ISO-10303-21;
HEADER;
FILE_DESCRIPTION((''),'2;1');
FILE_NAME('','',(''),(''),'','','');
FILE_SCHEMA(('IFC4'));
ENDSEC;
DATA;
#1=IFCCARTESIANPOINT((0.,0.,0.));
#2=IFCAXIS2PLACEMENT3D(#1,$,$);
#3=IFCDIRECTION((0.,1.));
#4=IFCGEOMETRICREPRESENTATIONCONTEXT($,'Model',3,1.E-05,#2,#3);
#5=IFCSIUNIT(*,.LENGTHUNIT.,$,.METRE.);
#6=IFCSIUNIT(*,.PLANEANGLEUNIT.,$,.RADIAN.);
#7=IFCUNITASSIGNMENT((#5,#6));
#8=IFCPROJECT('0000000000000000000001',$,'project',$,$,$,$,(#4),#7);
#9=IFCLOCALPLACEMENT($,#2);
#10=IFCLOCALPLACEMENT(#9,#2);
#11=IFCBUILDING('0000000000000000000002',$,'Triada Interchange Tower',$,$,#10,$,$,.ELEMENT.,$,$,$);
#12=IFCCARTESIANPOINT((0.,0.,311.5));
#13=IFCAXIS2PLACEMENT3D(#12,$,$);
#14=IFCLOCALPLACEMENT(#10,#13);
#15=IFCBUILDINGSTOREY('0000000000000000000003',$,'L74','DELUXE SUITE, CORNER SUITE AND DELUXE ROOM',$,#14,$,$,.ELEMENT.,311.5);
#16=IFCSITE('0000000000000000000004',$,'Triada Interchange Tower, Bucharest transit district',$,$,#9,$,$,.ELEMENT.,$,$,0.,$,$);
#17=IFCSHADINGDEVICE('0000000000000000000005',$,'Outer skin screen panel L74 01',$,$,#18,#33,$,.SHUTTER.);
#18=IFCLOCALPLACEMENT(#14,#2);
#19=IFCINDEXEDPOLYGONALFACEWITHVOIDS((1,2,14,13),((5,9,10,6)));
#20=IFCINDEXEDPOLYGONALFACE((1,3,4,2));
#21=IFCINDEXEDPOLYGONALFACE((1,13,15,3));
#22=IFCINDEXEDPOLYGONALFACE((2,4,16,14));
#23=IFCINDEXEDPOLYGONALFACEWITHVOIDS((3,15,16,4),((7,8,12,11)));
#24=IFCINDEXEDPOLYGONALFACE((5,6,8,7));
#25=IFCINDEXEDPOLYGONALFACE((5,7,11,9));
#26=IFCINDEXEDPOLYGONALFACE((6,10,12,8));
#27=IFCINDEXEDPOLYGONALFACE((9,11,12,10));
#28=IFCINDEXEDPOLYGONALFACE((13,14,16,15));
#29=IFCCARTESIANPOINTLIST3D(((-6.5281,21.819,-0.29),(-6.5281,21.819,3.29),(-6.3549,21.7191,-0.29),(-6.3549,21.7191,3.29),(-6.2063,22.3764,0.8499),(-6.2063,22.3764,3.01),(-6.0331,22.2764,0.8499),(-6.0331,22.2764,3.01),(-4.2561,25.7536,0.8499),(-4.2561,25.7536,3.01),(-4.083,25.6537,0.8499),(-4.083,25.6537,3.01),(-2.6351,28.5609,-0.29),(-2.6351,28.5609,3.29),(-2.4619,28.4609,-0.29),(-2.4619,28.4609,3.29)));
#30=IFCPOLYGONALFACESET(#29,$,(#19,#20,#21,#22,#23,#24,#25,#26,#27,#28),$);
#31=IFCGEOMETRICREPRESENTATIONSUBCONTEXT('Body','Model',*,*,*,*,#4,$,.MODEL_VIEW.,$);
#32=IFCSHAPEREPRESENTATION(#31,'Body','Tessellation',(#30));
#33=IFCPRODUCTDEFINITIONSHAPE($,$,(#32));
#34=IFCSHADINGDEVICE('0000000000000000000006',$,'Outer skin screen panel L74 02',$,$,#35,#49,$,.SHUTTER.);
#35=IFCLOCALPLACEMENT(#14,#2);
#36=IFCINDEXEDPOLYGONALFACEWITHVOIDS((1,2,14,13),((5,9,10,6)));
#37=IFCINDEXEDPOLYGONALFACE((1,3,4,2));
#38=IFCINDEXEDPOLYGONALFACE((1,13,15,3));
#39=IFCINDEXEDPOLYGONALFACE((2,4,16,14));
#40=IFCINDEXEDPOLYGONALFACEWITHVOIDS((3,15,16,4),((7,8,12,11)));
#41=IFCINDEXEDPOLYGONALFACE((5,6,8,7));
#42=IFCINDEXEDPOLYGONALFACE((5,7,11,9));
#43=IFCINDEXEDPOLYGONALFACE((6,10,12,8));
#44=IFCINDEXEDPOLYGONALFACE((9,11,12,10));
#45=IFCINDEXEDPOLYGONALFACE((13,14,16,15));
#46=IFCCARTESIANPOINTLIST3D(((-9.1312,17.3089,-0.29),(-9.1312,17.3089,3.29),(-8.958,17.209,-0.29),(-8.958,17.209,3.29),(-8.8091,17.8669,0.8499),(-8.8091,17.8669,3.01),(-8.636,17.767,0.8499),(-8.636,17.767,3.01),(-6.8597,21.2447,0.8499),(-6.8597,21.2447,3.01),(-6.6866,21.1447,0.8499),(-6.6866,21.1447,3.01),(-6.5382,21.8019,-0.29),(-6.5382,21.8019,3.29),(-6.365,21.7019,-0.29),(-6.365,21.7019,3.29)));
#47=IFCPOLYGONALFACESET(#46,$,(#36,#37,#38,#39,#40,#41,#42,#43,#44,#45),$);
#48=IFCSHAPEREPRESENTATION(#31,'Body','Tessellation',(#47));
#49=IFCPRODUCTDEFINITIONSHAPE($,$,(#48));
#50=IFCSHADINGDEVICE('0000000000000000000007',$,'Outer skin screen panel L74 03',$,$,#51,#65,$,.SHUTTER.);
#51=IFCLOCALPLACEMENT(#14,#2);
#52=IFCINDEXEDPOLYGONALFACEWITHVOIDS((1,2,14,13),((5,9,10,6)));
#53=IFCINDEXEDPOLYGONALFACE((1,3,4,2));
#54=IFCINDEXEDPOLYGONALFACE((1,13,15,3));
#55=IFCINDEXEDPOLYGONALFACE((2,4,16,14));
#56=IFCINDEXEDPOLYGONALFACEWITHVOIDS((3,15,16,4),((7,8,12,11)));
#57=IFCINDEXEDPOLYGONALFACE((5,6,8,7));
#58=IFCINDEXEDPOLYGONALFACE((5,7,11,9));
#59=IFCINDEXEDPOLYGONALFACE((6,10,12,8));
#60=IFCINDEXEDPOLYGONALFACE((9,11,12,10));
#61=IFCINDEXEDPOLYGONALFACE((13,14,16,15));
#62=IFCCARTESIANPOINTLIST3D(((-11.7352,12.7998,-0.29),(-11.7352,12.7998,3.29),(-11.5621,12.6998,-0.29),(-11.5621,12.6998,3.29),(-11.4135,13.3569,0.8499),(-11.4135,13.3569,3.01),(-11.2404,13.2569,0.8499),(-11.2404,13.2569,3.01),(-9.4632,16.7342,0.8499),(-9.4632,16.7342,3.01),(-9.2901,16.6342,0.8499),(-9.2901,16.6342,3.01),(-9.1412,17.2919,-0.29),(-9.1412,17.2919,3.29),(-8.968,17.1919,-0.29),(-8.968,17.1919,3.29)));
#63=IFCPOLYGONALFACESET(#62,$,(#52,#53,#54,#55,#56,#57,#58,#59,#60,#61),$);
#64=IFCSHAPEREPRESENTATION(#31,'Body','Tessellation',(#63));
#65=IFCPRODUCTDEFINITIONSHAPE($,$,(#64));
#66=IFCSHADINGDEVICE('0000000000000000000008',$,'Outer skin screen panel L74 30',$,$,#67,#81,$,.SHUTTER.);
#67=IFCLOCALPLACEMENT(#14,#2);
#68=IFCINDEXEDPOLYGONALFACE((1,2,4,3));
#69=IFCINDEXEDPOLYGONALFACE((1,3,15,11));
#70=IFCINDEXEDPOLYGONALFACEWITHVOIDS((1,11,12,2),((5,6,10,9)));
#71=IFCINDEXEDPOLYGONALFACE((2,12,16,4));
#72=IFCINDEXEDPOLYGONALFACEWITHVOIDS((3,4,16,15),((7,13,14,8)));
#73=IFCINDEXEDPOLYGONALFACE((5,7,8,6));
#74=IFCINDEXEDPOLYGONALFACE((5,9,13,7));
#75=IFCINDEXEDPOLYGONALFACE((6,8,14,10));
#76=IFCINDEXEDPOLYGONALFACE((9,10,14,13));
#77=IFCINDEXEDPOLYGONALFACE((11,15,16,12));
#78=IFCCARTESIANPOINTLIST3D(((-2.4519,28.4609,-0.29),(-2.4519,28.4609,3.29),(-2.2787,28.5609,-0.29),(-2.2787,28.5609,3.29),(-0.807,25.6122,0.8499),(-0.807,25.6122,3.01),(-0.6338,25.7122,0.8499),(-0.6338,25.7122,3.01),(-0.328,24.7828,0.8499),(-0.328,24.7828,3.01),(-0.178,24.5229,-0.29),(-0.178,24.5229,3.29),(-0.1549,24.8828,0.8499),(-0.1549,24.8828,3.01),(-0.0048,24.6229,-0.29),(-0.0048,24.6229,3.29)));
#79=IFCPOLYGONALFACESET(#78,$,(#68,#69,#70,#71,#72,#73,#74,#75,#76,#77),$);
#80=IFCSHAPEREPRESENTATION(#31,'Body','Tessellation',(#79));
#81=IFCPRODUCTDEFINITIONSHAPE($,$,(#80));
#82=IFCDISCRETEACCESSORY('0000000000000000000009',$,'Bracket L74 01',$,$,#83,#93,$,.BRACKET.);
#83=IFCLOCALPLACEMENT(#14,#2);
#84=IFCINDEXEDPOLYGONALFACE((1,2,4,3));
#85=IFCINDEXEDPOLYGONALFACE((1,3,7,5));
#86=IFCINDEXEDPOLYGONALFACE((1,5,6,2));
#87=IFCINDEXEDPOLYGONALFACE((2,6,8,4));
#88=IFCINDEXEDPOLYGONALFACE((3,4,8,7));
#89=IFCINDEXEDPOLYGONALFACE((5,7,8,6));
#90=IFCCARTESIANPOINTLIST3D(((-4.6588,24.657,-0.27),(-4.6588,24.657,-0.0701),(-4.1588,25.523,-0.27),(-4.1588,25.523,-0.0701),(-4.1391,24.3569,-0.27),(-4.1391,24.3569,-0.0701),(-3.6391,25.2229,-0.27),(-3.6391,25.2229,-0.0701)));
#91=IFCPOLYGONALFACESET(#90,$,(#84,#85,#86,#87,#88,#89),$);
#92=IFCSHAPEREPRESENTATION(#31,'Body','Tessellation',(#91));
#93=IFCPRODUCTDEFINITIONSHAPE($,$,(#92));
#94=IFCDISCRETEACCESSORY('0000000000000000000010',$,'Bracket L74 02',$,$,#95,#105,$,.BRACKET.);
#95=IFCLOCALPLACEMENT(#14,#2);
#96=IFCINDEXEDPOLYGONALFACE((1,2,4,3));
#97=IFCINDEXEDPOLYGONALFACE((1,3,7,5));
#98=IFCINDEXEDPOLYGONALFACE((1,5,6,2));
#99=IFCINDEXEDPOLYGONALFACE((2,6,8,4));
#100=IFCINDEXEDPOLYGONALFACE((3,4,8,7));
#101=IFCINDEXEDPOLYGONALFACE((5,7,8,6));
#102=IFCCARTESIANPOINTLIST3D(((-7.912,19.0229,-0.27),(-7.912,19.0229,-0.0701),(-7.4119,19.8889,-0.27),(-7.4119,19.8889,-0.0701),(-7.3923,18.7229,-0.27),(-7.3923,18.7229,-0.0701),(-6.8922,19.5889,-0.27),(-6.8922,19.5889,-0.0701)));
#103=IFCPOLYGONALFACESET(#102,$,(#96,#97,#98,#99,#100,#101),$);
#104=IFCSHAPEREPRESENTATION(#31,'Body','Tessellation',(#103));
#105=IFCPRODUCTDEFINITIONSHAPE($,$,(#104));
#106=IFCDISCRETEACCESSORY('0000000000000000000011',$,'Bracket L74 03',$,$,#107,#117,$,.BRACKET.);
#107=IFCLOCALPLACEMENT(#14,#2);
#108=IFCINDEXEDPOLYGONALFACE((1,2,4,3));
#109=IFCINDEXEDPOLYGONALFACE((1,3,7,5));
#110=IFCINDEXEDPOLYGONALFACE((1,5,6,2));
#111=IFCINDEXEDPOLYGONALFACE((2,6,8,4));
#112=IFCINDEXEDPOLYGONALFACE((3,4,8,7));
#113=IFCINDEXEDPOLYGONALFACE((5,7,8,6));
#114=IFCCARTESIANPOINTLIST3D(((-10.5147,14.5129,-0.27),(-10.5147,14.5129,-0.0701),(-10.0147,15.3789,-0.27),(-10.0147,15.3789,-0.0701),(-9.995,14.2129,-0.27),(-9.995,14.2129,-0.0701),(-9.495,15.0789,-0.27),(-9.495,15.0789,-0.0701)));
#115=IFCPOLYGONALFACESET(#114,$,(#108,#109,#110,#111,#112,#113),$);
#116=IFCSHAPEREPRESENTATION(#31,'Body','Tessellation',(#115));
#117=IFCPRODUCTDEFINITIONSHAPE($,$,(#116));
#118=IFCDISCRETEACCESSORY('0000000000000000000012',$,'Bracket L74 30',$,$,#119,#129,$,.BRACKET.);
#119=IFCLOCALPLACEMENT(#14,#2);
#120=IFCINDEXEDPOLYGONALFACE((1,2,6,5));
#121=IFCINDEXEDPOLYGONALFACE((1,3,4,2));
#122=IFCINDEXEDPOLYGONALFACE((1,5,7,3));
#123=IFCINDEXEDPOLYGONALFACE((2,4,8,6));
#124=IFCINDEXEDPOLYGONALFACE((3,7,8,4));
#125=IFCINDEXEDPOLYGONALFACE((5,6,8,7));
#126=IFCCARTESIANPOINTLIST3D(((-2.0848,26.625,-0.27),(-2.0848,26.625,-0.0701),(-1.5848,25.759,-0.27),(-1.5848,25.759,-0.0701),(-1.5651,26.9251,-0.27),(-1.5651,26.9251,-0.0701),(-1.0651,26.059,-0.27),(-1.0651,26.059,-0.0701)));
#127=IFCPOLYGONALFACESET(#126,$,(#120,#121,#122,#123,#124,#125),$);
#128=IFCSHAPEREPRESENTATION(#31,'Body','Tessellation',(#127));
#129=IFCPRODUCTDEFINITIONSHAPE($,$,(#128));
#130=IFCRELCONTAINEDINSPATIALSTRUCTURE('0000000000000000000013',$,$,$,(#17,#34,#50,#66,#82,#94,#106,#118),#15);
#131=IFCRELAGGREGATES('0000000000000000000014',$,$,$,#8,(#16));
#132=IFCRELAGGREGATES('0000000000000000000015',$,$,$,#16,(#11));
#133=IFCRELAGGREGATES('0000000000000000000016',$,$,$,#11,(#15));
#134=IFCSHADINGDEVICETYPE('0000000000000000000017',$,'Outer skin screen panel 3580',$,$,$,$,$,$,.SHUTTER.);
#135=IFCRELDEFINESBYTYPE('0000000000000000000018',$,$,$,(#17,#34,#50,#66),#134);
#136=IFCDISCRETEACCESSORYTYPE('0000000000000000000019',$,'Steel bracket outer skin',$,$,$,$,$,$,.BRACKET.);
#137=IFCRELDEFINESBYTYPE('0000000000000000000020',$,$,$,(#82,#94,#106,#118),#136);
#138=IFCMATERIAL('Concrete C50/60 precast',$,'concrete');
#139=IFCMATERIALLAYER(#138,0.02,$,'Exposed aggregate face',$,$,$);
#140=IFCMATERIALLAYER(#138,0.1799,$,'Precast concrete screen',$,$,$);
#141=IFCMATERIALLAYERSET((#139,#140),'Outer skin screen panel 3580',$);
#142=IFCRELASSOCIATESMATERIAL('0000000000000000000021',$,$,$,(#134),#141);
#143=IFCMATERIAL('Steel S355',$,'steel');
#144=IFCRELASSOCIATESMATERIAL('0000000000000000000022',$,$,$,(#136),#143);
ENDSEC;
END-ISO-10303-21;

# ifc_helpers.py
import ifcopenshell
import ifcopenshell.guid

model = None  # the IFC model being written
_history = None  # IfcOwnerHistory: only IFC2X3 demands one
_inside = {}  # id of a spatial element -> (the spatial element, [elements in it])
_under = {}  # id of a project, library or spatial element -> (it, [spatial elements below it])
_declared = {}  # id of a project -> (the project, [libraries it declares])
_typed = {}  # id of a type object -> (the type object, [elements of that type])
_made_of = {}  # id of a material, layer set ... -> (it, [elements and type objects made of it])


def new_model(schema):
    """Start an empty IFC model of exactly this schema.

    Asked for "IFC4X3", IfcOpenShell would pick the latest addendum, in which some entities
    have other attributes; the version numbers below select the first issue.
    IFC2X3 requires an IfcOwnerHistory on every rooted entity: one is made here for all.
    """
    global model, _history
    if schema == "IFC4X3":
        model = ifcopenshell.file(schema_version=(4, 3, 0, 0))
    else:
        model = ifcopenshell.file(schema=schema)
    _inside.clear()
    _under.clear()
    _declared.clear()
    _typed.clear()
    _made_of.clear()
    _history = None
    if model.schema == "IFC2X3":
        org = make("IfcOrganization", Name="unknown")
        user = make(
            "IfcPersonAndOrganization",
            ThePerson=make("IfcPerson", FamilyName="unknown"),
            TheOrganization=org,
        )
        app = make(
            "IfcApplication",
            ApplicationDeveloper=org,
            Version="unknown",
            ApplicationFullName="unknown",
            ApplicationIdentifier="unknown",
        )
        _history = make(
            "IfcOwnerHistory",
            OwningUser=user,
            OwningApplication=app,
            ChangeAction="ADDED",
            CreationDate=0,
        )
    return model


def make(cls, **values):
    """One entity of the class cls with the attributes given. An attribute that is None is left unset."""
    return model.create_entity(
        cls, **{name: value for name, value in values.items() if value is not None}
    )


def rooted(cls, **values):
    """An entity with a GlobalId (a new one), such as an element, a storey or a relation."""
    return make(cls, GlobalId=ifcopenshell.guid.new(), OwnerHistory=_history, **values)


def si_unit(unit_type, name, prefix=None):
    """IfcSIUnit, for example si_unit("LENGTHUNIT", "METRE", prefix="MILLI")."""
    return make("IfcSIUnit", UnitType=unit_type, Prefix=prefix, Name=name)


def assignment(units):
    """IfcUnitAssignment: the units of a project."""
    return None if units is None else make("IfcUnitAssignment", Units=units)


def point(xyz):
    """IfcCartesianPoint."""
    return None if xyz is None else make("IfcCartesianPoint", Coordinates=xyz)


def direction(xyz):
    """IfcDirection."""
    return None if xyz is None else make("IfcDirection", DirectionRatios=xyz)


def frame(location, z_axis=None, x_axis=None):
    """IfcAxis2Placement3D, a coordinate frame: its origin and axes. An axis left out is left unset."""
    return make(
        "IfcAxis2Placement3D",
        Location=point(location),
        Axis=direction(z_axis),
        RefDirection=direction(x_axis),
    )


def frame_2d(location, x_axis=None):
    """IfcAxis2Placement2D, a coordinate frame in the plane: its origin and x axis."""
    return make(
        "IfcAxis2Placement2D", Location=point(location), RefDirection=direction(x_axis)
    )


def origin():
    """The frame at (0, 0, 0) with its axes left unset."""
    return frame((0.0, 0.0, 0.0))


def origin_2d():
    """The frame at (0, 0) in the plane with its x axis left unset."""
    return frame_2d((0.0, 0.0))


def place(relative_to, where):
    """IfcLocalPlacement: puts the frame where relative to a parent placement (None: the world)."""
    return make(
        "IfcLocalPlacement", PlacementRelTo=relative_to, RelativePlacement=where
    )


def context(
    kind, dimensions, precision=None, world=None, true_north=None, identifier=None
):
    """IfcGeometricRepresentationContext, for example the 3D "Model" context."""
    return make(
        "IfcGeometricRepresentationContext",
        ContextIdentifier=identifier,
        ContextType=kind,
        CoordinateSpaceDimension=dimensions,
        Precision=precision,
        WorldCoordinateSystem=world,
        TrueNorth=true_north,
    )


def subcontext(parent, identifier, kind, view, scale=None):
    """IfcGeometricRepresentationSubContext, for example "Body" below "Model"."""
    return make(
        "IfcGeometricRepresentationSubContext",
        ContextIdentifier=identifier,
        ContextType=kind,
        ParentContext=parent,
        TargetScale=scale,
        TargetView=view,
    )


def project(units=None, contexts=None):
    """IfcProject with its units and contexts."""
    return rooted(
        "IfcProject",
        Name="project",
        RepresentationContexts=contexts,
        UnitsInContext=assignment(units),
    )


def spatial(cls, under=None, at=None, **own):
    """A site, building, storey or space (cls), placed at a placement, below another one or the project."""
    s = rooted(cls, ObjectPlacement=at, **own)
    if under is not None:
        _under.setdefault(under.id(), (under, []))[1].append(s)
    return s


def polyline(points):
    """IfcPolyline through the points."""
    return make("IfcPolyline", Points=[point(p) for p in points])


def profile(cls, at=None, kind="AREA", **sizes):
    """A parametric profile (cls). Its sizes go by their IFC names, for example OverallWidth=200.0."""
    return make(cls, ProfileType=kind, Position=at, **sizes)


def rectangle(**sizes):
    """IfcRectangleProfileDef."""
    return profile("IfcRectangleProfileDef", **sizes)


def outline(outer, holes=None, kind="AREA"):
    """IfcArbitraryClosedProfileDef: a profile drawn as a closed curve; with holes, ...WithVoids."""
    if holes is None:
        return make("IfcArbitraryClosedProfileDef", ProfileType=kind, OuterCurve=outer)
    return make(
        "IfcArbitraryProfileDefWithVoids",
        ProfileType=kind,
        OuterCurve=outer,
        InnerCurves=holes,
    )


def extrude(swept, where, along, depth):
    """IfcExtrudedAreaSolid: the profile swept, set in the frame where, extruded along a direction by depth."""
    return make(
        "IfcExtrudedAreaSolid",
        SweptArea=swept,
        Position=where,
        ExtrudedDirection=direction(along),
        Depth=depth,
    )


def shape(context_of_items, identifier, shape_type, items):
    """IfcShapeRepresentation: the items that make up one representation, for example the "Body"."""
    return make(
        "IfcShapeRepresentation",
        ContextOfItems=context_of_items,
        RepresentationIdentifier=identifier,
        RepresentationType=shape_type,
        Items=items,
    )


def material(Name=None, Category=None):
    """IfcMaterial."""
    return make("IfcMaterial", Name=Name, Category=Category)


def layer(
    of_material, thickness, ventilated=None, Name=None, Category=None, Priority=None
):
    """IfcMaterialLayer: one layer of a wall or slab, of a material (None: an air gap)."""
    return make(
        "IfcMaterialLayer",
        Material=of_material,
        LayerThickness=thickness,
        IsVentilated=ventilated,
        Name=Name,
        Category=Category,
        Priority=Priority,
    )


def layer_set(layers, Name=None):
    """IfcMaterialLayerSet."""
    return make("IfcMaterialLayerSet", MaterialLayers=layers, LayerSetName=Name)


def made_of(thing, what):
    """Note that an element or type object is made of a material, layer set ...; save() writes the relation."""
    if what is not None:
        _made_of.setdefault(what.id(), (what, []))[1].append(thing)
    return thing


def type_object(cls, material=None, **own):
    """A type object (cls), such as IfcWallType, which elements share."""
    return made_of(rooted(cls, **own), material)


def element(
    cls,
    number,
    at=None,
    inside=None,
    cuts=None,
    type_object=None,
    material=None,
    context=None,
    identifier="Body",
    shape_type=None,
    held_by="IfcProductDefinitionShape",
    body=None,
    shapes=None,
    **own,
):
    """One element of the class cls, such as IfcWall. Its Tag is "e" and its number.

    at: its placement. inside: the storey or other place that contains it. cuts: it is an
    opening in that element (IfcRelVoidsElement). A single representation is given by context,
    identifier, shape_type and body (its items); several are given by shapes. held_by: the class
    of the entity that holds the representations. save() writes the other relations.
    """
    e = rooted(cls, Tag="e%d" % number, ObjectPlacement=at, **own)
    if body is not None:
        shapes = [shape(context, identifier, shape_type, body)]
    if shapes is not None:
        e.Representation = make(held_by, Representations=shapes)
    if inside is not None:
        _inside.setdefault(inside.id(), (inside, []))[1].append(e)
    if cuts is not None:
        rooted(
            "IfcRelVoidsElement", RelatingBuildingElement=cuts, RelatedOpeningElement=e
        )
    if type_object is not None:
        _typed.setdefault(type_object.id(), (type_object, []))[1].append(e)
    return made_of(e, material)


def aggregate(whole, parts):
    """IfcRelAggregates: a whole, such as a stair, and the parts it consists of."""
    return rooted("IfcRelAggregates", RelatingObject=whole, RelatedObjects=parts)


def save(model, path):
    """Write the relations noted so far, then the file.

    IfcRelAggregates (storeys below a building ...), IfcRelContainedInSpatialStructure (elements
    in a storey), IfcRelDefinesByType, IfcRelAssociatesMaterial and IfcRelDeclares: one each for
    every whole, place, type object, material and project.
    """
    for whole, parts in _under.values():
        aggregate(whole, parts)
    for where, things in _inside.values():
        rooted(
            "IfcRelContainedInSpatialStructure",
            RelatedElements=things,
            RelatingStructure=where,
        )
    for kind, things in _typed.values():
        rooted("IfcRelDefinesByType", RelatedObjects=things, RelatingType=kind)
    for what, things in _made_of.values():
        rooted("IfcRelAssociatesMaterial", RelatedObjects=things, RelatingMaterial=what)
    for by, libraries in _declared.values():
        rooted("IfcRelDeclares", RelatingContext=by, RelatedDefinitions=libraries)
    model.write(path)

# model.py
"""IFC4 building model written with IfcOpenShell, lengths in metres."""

from ifc_helpers import new_model, si_unit, direction, frame, origin, origin_2d, place, context, subcontext, project, spatial, polyline, rectangle, outline, extrude, material, layer, layer_set, type_object, element, save


model = new_model("IFC4")

# Units and contexts
model_context = context("Model", 3, precision=1e-05, world=origin(), true_north=direction((0.0, 1.0)))
body_context = subcontext(model_context, "Body", "Model", "MODEL_VIEW")
ifc_project = project(units=[si_unit("LENGTHUNIT", "METRE"), si_unit("PLANEANGLEUNIT", "RADIAN")], contexts=[model_context])

# Site, building, storey
site_placement = place(None, origin())
site = spatial("IfcSite", under=ifc_project, at=site_placement, Name="Triada Interchange Tower, Bucharest transit district", CompositionType="ELEMENT", RefElevation=0.0)
building_placement = place(site_placement, origin())
building = spatial("IfcBuilding", under=site, at=building_placement, Name="Triada Interchange Tower", CompositionType="ELEMENT")
storey_placement = place(building_placement, frame((0.0, 0.0, 311.5)))
storey = spatial("IfcBuildingStorey", under=building, at=storey_placement, Name="L74", Description="DELUXE SUITE, CORNER SUITE AND DELUXE ROOM", CompositionType="ELEMENT", Elevation=311.5)

# Shading devices
ifc_material_1 = material(Name="Concrete C50/60 precast", Category="concrete")
ifc_layer_1 = layer(ifc_material_1, 0.02, Name="Exposed aggregate face")
ifc_layer_2 = layer(ifc_material_1, 0.1799, Name="Precast concrete screen")
ifc_layer_set_1 = layer_set([ifc_layer_1, ifc_layer_2], Name="Outer skin screen panel 3580")
shading_device_type = type_object("IfcShadingDeviceType", Name="Outer skin screen panel 3580", PredefinedType="SHUTTER", material=ifc_layer_set_1)
shading_device_1_placement = place(storey_placement, frame((-2.4619, 28.4609, -0.29), z_axis=(0.0, 0.0, 1.0), x_axis=(-0.500058, -0.865992, 0.0)))
element("IfcShadingDevice", 1, at=shading_device_1_placement, inside=storey, type_object=shading_device_type, Name="Outer skin screen panel L74 01", PredefinedType="SHUTTER", context=body_context, shape_type="SweptSolid", body=[
    extrude(outline(polyline([(0.0, 0.0), (7.7852, 0.0), (7.7852, 3.5801), (0.0, 3.5801), (0.0, 0.0)]), holes=[polyline([(3.2417, 1.1399), (3.2417, 3.3), (7.1416, 3.3), (7.1416, 1.1399), (3.2417, 1.1399)])]), frame((0.0, 0.0, 0.0), z_axis=(0.0, -1.0, 0.0), x_axis=(1.0, 0.0, 0.0)), (0.0, 0.0, 1.0), 0.2),
])
shading_device_2_placement = place(storey_placement, frame((-6.365, 21.7019, -0.29), z_axis=(0.0, 0.0, 1.0), x_axis=(-0.49986, -0.866106, 0.0)))
element("IfcShadingDevice", 2, at=shading_device_2_placement, inside=storey, type_object=shading_device_type, Name="Outer skin screen panel L74 02", PredefinedType="SHUTTER", context=body_context, shape_type="SweptSolid", body=[
    extrude(outline(polyline([(0.0, 0.0), (5.1875, 0.0), (5.1875, 3.5801), (0.0, 3.5801), (0.0, 0.0)]), holes=[polyline([(0.6433, 1.1399), (0.6433, 3.3), (4.5432, 3.3), (4.5432, 1.1399), (0.6433, 1.1399)])]), frame((0.0, 0.0, 0.0), z_axis=(0.0, -1.0, 0.0), x_axis=(1.0, 0.0, 0.0)), (0.0, 0.0, 1.0), 0.2),
])
shading_device_3_placement = place(storey_placement, frame((-8.968, 17.1919, -0.29), z_axis=(0.0, 0.0, 1.0), x_axis=(-0.500082, -0.865978, 0.0)))
element("IfcShadingDevice", 3, at=shading_device_3_placement, inside=storey, type_object=shading_device_type, Name="Outer skin screen panel L74 03", PredefinedType="SHUTTER", context=body_context, shape_type="SweptSolid", body=[
    extrude(outline(polyline([(0.0, 0.0), (5.1873, 0.0), (5.1873, 3.5801), (0.0, 3.5801), (0.0, 0.0)]), holes=[polyline([(0.644, 1.1399), (0.644, 3.3), (4.5439, 3.3), (4.5439, 1.1399), (0.644, 1.1399)])]), frame((0.0, 0.0, 0.0), z_axis=(0.0, -1.0, 0.0), x_axis=(1.0, 0.0, 0.0)), (0.0, 0.0, 1.0), 0.2),
])
shading_device_4_placement = place(storey_placement, frame((-0.178, 24.5229, -0.29), z_axis=(0.0, 0.0, 1.0), x_axis=(-0.500054, 0.865994, 0.0)))
element("IfcShadingDevice", 4, at=shading_device_4_placement, inside=storey, type_object=shading_device_type, Name="Outer skin screen panel L74 30", PredefinedType="SHUTTER", context=body_context, shape_type="SweptSolid", body=[
    extrude(outline(polyline([(0.0, 0.0), (4.5474, 0.0), (4.5474, 3.5801), (0.0, 3.5801), (0.0, 0.0)]), holes=[polyline([(0.3, 1.1399), (0.3, 3.3), (1.2578, 3.3), (1.2578, 1.1399), (0.3, 1.1399)])]), frame((0.0, 0.0, 0.0), z_axis=(0.0, -1.0, 0.0), x_axis=(1.0, 0.0, 0.0)), (0.0, 0.0, 1.0), 0.2),
])

# Discrete accessories
ifc_material_2 = material(Name="Steel S355", Category="steel")
discrete_accessory_type = type_object("IfcDiscreteAccessoryType", Name="Steel bracket outer skin", PredefinedType="BRACKET", material=ifc_material_2)
for number, where, z_axis, x_axis, name in (
    (5, (-4.1489, 24.9399, -0.27), (0.0, 0.0, 1.0), (-0.866025, 0.500001, 0.0), "Bracket L74 01"),
    (6, (-7.4021, 19.3059, -0.27), (0.0, 0.0, 1.0), (-0.866025, 0.500001, 0.0), "Bracket L74 02"),
    (7, (-10.0049, 14.7959, -0.27), (0.0, 0.0, 1.0), (-0.866025, 0.500001, 0.0), "Bracket L74 03"),
    (8, (-1.575, 26.342, -0.27), (0.0, 0.0, 1.0), (0.866043, 0.499969, 0.0), "Bracket L74 30"),
):
    element("IfcDiscreteAccessory", number, at=place(storey_placement, frame(where, z_axis=z_axis, x_axis=x_axis)), inside=storey, type_object=discrete_accessory_type, Name=name, PredefinedType="BRACKET", context=body_context, shape_type="SweptSolid", body=[
        extrude(rectangle(XDim=0.6001, YDim=1.0, at=origin_2d()), origin(), (0.0, 0.0, 1.0), 0.2),
    ])

save(model, "model.ifc")
